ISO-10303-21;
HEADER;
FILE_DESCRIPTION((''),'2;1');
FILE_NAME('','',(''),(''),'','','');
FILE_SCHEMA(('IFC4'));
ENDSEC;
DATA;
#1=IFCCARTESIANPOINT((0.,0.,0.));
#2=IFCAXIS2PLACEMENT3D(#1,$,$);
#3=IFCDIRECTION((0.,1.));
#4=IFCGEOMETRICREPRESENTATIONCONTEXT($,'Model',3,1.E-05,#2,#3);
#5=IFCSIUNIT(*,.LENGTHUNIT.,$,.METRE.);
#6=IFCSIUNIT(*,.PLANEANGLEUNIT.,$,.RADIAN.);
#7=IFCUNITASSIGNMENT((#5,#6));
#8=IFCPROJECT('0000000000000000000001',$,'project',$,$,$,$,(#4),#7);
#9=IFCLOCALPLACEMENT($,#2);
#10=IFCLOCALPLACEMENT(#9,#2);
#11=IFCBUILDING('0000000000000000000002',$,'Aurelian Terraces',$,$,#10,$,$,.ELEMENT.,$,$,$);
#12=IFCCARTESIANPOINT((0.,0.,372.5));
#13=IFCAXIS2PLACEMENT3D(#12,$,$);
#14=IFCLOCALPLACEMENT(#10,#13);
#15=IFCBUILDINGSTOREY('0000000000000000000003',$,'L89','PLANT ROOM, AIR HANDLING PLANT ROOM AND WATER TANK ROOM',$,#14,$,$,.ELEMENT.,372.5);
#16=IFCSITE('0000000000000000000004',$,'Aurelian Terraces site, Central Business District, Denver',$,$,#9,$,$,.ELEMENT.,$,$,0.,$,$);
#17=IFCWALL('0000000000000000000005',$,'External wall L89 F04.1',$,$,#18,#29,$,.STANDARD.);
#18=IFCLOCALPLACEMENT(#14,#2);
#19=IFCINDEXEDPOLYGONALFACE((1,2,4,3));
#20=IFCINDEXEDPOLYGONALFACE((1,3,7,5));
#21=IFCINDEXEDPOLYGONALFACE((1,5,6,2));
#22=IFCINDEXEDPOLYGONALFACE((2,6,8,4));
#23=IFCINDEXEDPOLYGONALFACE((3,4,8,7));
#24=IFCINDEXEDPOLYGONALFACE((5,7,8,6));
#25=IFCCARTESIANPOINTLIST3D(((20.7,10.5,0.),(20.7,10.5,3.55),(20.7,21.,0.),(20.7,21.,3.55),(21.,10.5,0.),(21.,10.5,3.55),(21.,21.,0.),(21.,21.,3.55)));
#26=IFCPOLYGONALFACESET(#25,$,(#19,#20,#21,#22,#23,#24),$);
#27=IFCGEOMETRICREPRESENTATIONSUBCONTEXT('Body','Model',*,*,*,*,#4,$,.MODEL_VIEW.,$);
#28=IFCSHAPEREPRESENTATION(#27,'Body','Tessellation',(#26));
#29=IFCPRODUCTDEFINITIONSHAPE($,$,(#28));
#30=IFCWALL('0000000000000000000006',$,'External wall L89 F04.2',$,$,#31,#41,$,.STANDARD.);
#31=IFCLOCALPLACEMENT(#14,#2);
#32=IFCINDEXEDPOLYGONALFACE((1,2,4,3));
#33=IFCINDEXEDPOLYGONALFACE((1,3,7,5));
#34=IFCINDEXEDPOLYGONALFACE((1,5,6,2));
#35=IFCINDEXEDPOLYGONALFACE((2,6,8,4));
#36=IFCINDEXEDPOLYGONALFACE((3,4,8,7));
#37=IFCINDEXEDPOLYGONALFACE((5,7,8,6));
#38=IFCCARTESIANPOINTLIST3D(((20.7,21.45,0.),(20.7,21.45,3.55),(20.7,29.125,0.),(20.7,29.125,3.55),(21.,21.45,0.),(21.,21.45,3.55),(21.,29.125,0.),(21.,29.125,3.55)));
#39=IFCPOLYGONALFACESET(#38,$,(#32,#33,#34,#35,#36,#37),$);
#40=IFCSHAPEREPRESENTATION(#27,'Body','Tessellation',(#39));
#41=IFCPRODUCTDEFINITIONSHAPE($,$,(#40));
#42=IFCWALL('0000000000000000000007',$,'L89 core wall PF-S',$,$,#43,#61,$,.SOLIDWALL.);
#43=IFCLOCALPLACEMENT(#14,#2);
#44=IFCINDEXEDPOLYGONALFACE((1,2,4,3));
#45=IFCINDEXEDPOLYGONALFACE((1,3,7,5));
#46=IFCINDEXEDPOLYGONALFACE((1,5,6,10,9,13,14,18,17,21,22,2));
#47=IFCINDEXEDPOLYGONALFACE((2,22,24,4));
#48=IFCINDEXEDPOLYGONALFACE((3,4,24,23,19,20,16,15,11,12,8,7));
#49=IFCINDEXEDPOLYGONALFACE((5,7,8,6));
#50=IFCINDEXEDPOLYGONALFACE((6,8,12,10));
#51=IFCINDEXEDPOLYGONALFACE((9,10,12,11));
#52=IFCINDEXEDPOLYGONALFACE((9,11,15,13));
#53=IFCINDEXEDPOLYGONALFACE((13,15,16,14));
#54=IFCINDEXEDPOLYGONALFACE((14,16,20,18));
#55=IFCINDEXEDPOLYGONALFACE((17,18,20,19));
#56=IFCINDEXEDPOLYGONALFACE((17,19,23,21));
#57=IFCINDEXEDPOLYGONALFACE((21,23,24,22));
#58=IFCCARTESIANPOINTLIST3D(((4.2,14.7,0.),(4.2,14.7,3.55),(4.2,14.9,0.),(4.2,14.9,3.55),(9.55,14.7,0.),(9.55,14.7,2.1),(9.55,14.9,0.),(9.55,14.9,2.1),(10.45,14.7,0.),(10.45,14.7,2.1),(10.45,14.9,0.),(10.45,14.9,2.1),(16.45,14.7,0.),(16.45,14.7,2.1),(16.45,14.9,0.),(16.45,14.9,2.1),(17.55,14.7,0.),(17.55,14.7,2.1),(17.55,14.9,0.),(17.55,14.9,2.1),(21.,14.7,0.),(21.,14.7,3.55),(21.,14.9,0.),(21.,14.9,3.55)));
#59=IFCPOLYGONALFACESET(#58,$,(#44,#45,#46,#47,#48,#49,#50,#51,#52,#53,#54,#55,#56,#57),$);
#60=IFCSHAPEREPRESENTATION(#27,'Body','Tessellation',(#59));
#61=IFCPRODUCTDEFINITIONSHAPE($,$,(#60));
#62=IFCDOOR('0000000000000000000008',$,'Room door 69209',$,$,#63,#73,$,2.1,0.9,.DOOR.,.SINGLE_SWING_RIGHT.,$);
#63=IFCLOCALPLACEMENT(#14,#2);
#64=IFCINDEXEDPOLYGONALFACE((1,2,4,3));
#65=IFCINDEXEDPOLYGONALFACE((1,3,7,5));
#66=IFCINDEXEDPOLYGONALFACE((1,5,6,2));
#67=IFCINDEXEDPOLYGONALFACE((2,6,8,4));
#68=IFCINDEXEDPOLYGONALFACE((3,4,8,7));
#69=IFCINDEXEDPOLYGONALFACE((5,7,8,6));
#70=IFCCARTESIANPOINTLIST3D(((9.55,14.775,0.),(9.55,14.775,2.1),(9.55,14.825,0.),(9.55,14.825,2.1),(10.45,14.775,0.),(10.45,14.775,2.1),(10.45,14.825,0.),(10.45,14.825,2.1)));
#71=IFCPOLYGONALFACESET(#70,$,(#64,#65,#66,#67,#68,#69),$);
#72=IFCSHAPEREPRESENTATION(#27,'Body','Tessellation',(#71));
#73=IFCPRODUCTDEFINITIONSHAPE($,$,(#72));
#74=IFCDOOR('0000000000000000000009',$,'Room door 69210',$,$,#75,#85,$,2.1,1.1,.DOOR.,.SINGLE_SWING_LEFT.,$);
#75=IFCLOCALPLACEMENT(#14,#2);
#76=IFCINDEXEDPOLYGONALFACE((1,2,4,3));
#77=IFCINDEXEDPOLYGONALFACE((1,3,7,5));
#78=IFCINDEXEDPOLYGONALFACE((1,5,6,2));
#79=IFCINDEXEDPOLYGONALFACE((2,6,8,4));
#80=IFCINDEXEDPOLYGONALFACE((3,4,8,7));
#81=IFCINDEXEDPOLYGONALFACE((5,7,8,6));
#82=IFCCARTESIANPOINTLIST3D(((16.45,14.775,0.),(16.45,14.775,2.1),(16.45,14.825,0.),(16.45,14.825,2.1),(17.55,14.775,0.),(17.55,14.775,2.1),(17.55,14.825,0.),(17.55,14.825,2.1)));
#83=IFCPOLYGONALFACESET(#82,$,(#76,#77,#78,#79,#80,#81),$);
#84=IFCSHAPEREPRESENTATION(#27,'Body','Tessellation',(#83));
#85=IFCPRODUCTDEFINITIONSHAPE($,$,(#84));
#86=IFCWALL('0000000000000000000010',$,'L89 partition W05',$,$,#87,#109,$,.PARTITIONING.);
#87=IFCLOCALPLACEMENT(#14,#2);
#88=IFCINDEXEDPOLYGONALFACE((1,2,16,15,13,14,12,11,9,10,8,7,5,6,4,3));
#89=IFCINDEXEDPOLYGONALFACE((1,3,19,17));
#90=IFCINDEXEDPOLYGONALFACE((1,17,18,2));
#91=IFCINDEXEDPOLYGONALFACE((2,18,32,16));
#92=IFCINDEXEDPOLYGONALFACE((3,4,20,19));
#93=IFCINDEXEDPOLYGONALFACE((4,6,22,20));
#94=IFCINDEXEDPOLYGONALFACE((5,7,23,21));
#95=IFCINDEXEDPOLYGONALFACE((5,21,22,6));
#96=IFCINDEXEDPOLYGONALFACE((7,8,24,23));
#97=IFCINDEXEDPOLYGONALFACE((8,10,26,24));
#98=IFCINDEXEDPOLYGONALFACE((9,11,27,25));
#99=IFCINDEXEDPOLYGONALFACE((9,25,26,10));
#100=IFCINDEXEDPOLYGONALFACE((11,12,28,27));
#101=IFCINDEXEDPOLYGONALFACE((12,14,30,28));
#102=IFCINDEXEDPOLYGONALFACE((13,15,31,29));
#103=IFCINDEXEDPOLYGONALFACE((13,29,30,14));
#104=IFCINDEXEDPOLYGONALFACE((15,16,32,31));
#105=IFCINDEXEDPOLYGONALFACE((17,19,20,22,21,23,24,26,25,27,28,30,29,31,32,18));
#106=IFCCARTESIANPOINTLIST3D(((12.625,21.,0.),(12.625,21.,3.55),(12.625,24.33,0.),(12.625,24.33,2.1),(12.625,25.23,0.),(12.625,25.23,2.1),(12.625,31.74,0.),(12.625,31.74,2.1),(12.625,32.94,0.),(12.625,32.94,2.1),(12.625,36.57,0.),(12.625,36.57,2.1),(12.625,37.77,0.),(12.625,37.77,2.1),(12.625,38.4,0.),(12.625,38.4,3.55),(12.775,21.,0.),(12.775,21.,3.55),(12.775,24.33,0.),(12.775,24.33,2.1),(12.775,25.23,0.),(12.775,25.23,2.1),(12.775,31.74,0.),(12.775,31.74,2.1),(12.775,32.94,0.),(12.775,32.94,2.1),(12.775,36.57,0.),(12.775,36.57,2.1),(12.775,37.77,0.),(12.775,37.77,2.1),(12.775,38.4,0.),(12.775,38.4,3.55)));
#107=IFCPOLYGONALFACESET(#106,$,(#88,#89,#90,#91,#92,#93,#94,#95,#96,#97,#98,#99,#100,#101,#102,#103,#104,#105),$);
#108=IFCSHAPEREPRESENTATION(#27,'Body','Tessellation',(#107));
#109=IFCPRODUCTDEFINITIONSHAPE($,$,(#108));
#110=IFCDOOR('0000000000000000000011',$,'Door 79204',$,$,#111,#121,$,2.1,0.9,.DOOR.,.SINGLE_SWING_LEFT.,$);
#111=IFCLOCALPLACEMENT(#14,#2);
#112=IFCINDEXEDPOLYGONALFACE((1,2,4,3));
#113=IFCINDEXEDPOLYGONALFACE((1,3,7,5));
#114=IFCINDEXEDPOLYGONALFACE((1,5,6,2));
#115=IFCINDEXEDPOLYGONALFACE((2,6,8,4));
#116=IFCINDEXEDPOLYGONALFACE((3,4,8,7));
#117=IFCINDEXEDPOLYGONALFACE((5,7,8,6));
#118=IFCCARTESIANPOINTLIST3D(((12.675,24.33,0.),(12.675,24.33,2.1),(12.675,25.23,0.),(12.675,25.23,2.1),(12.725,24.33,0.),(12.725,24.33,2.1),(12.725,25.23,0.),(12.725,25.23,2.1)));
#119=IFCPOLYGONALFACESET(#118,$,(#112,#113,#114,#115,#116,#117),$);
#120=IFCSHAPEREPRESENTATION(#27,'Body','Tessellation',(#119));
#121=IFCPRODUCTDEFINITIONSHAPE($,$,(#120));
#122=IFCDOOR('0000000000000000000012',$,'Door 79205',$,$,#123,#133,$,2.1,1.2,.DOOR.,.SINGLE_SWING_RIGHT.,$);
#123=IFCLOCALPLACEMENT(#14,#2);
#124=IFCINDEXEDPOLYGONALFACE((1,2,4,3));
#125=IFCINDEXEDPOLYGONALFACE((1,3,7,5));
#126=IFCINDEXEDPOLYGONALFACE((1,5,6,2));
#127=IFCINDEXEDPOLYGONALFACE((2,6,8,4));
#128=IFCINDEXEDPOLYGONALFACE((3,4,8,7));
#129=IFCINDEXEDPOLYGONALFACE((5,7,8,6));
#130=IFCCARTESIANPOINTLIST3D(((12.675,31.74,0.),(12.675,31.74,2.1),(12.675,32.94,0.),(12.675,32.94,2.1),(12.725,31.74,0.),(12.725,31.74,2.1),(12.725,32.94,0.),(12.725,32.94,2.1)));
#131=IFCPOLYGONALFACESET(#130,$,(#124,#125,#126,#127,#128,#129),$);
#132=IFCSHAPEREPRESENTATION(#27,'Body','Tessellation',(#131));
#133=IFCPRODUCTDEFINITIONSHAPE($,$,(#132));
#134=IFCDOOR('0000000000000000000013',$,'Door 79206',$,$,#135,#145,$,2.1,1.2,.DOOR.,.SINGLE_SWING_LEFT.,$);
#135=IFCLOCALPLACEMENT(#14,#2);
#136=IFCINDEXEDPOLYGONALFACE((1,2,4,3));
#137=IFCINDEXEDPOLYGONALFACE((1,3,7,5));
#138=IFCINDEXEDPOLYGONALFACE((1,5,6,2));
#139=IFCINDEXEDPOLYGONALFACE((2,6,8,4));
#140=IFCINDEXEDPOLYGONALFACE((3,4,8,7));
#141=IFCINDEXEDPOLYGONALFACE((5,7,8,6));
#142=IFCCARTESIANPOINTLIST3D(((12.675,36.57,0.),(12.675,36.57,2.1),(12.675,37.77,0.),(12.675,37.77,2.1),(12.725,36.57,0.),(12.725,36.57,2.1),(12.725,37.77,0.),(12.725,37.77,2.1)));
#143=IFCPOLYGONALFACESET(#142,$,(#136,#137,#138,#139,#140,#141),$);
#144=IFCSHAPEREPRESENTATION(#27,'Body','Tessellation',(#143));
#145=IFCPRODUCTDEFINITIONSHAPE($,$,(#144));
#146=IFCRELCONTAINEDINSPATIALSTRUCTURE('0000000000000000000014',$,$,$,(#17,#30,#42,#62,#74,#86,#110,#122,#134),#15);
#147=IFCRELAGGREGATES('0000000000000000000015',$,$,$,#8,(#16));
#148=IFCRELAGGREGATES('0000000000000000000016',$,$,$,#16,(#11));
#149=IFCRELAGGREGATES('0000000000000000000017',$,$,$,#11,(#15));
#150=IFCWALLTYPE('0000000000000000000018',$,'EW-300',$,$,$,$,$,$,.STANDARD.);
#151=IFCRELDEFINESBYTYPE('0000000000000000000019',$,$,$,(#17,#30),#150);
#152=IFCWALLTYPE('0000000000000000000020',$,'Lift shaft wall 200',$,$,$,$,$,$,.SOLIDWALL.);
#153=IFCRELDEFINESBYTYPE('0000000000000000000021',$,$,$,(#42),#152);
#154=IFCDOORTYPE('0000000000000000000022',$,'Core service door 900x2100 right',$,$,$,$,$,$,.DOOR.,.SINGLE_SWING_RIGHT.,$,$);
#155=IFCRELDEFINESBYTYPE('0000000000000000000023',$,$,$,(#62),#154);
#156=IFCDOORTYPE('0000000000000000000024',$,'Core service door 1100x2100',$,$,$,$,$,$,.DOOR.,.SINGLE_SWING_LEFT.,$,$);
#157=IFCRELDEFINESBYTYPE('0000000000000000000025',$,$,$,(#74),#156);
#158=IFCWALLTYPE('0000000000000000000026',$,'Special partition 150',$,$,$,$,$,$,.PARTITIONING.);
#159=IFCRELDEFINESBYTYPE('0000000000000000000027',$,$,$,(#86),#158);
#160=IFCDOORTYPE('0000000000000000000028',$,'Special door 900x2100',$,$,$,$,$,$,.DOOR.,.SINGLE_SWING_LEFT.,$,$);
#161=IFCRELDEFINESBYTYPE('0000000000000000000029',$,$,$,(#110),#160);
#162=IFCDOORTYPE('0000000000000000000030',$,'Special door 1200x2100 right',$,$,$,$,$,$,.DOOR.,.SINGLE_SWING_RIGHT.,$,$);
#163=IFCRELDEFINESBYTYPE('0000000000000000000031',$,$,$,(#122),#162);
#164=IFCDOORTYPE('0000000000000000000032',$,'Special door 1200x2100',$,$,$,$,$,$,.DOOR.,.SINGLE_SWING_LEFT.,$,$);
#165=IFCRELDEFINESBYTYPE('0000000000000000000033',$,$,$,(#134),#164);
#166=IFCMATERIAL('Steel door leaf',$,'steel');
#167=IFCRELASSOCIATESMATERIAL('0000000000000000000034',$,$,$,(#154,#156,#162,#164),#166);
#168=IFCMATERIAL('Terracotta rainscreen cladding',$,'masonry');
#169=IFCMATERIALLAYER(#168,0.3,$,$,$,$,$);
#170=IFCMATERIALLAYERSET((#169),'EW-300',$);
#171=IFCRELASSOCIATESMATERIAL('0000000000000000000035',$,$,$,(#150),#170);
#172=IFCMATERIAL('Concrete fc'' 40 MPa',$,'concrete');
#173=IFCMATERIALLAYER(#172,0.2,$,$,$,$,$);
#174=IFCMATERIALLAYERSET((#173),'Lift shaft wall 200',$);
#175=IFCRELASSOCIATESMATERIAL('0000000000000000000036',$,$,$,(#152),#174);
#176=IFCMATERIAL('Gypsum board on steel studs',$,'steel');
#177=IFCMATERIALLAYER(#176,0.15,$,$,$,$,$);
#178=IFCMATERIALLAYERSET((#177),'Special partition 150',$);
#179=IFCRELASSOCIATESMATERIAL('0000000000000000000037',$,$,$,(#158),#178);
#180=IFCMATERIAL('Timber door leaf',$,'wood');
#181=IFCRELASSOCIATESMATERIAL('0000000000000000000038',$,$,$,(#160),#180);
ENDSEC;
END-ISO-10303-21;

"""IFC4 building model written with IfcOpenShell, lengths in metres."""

from ifc_helpers import new_model, si_unit, direction, frame, frame_2d, origin, place, context, subcontext, project, spatial, rectangle, extrude, source, transform, mapped, material, layer, layer_set, type_object, element, fill, save


model = new_model("IFC4")

# Units and contexts
model_context = context("Model", 3, precision=1e-05, world=origin(), true_north=direction((0.0, 1.0)))
body_context = subcontext(model_context, "Body", "Model", "MODEL_VIEW")
ifc_project = project(units=[si_unit("LENGTHUNIT", "METRE"), si_unit("PLANEANGLEUNIT", "RADIAN")], contexts=[model_context])

# Site, building, storey
site_placement = place(None, origin())
site = spatial("IfcSite", under=ifc_project, at=site_placement, Name="Aurelian Terraces site, Central Business District, Denver", CompositionType="ELEMENT", RefElevation=0.0)
building_placement = place(site_placement, origin())
building = spatial("IfcBuilding", under=site, at=building_placement, Name="Aurelian Terraces", CompositionType="ELEMENT")
storey_placement = place(building_placement, frame((0.0, 0.0, 372.5)))
storey = spatial("IfcBuildingStorey", under=building, at=storey_placement, Name="L89", Description="PLANT ROOM, AIR HANDLING PLANT ROOM AND WATER TANK ROOM", CompositionType="ELEMENT", Elevation=372.5)

# Shared definitions
ifc_material_1 = material(Name="Gypsum board on steel studs", Category="steel")
shared_shape_1 = source(origin(), body_context, "Body", "SweptSolid", [
    extrude(rectangle(XDim=0.9, YDim=2.1, at=frame_2d((0.45, 1.05))), frame((0.0, 0.11, 0.0), z_axis=(0.0, -1.0, 0.0), x_axis=(1.0, 0.0, 0.0)), (0.0, 0.0, 1.0), 0.22),
])
ifc_material_2 = material(Name="Steel door leaf", Category="steel")
door_type_1 = type_object("IfcDoorType", Name="Core service door 900x2100 right", OperationType="SINGLE_SWING_RIGHT", PredefinedType="DOOR", material=ifc_material_2)
shared_shape_2 = source(origin(), body_context, "Body", "SweptSolid", [
    extrude(rectangle(XDim=0.9, YDim=2.1, at=frame_2d((0.45, 1.05))), frame((0.0, 0.025, 0.0), z_axis=(0.0, -1.0, 0.0), x_axis=(1.0, 0.0, 0.0)), (0.0, 0.0, 1.0), 0.05),
])

# Shared definitions
ifc_material_3 = material(Name="Concrete fc' 40 MPa", Category="concrete")
shared_shape_3 = source(origin(), body_context, "Body", "SweptSolid", [
    extrude(rectangle(XDim=1.1, YDim=2.1, at=frame_2d((0.55, 1.05))), frame((0.0, 0.025, 0.0), z_axis=(0.0, -1.0, 0.0), x_axis=(1.0, 0.0, 0.0)), (0.0, 0.0, 1.0), 0.05),
])

# Walls
ifc_material_4 = material(Name="Terracotta rainscreen cladding", Category="masonry")
ifc_layer_1 = layer(ifc_material_4, 0.3)
ifc_layer_set_1 = layer_set([ifc_layer_1], Name="EW-300")
wall_type_1 = type_object("IfcWallType", Name="EW-300", PredefinedType="STANDARD", material=ifc_layer_set_1)
shared_shape_4 = source(origin(), body_context, "Body", "SweptSolid", [
    extrude(rectangle(XDim=10.5, YDim=0.3, at=frame_2d((5.25, 0.0))), origin(), (0.0, 0.0, 1.0), 3.55),
])
wall_1_placement = place(storey_placement, frame((20.85, 10.5, 0.0), z_axis=(0.0, 0.0, 1.0), x_axis=(0.0, 1.0, 0.0)))
element("IfcWall", 1, at=wall_1_placement, inside=storey, type_object=wall_type_1, Name="External wall L89 F04.1", PredefinedType="STANDARD", context=body_context, shape_type="MappedRepresentation", body=[
    mapped(shared_shape_4, transform((0.0, 0.0, 0.0), scale=1.0)),
])
shared_shape_5 = source(origin(), body_context, "Body", "SweptSolid", [
    extrude(rectangle(XDim=7.675, YDim=0.3, at=frame_2d((3.8375, 0.0))), origin(), (0.0, 0.0, 1.0), 3.55),
])
wall_2_placement = place(storey_placement, frame((20.85, 21.45, 0.0), z_axis=(0.0, 0.0, 1.0), x_axis=(0.0, 1.0, 0.0)))
element("IfcWall", 2, at=wall_2_placement, inside=storey, type_object=wall_type_1, Name="External wall L89 F04.2", PredefinedType="STANDARD", context=body_context, shape_type="MappedRepresentation", body=[
    mapped(shared_shape_5, transform((0.0, 0.0, 0.0), scale=1.0)),
])

# Walls, openings, doors
ifc_layer_2 = layer(ifc_material_3, 0.2)
ifc_layer_set_2 = layer_set([ifc_layer_2], Name="Lift shaft wall 200")
wall_type_2 = type_object("IfcWallType", Name="Lift shaft wall 200", PredefinedType="SOLIDWALL", material=ifc_layer_set_2)
shared_shape_6 = source(origin(), body_context, "Body", "SweptSolid", [
    extrude(rectangle(XDim=16.8, YDim=0.2, at=frame_2d((8.4, 0.0))), origin(), (0.0, 0.0, 1.0), 3.55),
])
wall_3_placement = place(storey_placement, frame((4.2, 14.8, 0.0), z_axis=(0.0, 0.0, 1.0), x_axis=(1.0, 0.0, 0.0)))
wall_3 = element("IfcWall", 3, at=wall_3_placement, inside=storey, type_object=wall_type_2, Name="L89 core wall PF-S", PredefinedType="SOLIDWALL", context=body_context, shape_type="MappedRepresentation", body=[
    mapped(shared_shape_6, transform((0.0, 0.0, 0.0), scale=1.0)),
])
opening_1_placement = place(wall_3_placement, frame((5.35, 0.0, 0.0)))
opening_1 = element("IfcOpeningElement", 4, at=opening_1_placement, cuts=wall_3, PredefinedType="OPENING", context=body_context, shape_type="MappedRepresentation", body=[
    mapped(shared_shape_1, transform((0.0, 0.0, 0.0), scale=1.0)),
])
shared_shape_7 = source(origin(), body_context, "Body", "SweptSolid", [
    extrude(rectangle(XDim=1.1, YDim=2.1, at=frame_2d((0.55, 1.05))), frame((0.0, 0.11, 0.0), z_axis=(0.0, -1.0, 0.0), x_axis=(1.0, 0.0, 0.0)), (0.0, 0.0, 1.0), 0.22),
])
opening_2_placement = place(wall_3_placement, frame((12.25, 0.0, 0.0)))
opening_2 = element("IfcOpeningElement", 5, at=opening_2_placement, cuts=wall_3, PredefinedType="OPENING", context=body_context, shape_type="MappedRepresentation", body=[
    mapped(shared_shape_7, transform((0.0, 0.0, 0.0), scale=1.0)),
])
door_1_placement = place(opening_1_placement, origin())
door_1 = element("IfcDoor", 6, at=door_1_placement, inside=storey, type_object=door_type_1, Name="Room door 69209", OperationType="SINGLE_SWING_RIGHT", OverallHeight=2.1, OverallWidth=0.9, PredefinedType="DOOR", context=body_context, shape_type="MappedRepresentation", body=[
    mapped(shared_shape_2, transform((0.0, 0.0, 0.0), scale=1.0)),
])
fill(opening_1, door_1)
door_type_2 = type_object("IfcDoorType", Name="Core service door 1100x2100", OperationType="SINGLE_SWING_LEFT", PredefinedType="DOOR", material=ifc_material_2)
door_2_placement = place(opening_2_placement, origin())
door_2 = element("IfcDoor", 7, at=door_2_placement, inside=storey, type_object=door_type_2, Name="Room door 69210", OperationType="SINGLE_SWING_LEFT", OverallHeight=2.1, OverallWidth=1.1, PredefinedType="DOOR", context=body_context, shape_type="MappedRepresentation", body=[
    mapped(shared_shape_3, transform((0.0, 0.0, 0.0), scale=1.0)),
])
fill(opening_2, door_2)
ifc_layer_3 = layer(ifc_material_1, 0.15)
ifc_layer_set_3 = layer_set([ifc_layer_3], Name="Special partition 150")
wall_type_3 = type_object("IfcWallType", Name="Special partition 150", PredefinedType="PARTITIONING", material=ifc_layer_set_3)
shared_shape_8 = source(origin(), body_context, "Body", "SweptSolid", [
    extrude(rectangle(XDim=17.4, YDim=0.15, at=frame_2d((8.7, 0.0))), origin(), (0.0, 0.0, 1.0), 3.55),
])
wall_4_placement = place(storey_placement, frame((12.7, 21.0, 0.0), z_axis=(0.0, 0.0, 1.0), x_axis=(0.0, 1.0, 0.0)))
wall_4 = element("IfcWall", 8, at=wall_4_placement, inside=storey, type_object=wall_type_3, Name="L89 partition W05", PredefinedType="PARTITIONING", context=body_context, shape_type="MappedRepresentation", body=[
    mapped(shared_shape_8, transform((0.0, 0.0, 0.0), scale=1.0)),
])
shared_shape_9 = source(origin(), body_context, "Body", "SweptSolid", [
    extrude(rectangle(XDim=0.9, YDim=2.1, at=frame_2d((0.45, 1.05))), frame((0.0, 0.085, 0.0), z_axis=(0.0, -1.0, 0.0), x_axis=(1.0, 0.0, 0.0)), (0.0, 0.0, 1.0), 0.17),
])
opening_3_placement = place(wall_4_placement, frame((3.33, 0.0, 0.0)))
opening_3 = element("IfcOpeningElement", 9, at=opening_3_placement, cuts=wall_4, PredefinedType="OPENING", context=body_context, shape_type="MappedRepresentation", body=[
    mapped(shared_shape_9, transform((0.0, 0.0, 0.0), scale=1.0)),
])
shared_shape_10 = source(origin(), body_context, "Body", "SweptSolid", [
    extrude(rectangle(XDim=1.2, YDim=2.1, at=frame_2d((0.6, 1.05))), frame((0.0, 0.085, 0.0), z_axis=(0.0, -1.0, 0.0), x_axis=(1.0, 0.0, 0.0)), (0.0, 0.0, 1.0), 0.17),
])
opening_4_placement = place(wall_4_placement, frame((10.74, 0.0, 0.0)))
opening_4 = element("IfcOpeningElement", 10, at=opening_4_placement, cuts=wall_4, PredefinedType="OPENING", context=body_context, shape_type="MappedRepresentation", body=[
    mapped(shared_shape_10, transform((0.0, 0.0, 0.0), scale=1.0)),
])
opening_5_placement = place(wall_4_placement, frame((15.57, 0.0, 0.0)))
opening_5 = element("IfcOpeningElement", 11, at=opening_5_placement, cuts=wall_4, PredefinedType="OPENING", context=body_context, shape_type="MappedRepresentation", body=[
    mapped(shared_shape_10, transform((0.0, 0.0, 0.0), scale=1.0)),
])
ifc_material_5 = material(Name="Timber door leaf", Category="wood")
door_type_3 = type_object("IfcDoorType", Name="Special door 900x2100", OperationType="SINGLE_SWING_LEFT", PredefinedType="DOOR", material=ifc_material_5)
door_3_placement = place(opening_3_placement, origin())
door_3 = element("IfcDoor", 12, at=door_3_placement, inside=storey, type_object=door_type_3, Name="Door 79204", OperationType="SINGLE_SWING_LEFT", OverallHeight=2.1, OverallWidth=0.9, PredefinedType="DOOR", context=body_context, shape_type="MappedRepresentation", body=[
    mapped(shared_shape_2, transform((0.0, 0.0, 0.0), scale=1.0)),
])
fill(opening_3, door_3)
door_type_4 = type_object("IfcDoorType", Name="Special door 1200x2100 right", OperationType="SINGLE_SWING_RIGHT", PredefinedType="DOOR", material=ifc_material_2)
shared_shape_11 = source(origin(), body_context, "Body", "SweptSolid", [
    extrude(rectangle(XDim=1.2, YDim=2.1, at=frame_2d((0.6, 1.05))), frame((0.0, 0.025, 0.0), z_axis=(0.0, -1.0, 0.0), x_axis=(1.0, 0.0, 0.0)), (0.0, 0.0, 1.0), 0.05),
])
door_4_placement = place(opening_4_placement, origin())
door_4 = element("IfcDoor", 13, at=door_4_placement, inside=storey, type_object=door_type_4, Name="Door 79205", OperationType="SINGLE_SWING_RIGHT", OverallHeight=2.1, OverallWidth=1.2, PredefinedType="DOOR", context=body_context, shape_type="MappedRepresentation", body=[
    mapped(shared_shape_11, transform((0.0, 0.0, 0.0), scale=1.0)),
])
fill(opening_4, door_4)
door_type_5 = type_object("IfcDoorType", Name="Special door 1200x2100", OperationType="SINGLE_SWING_LEFT", PredefinedType="DOOR", material=ifc_material_2)
door_5_placement = place(opening_5_placement, origin())
door_5 = element("IfcDoor", 14, at=door_5_placement, inside=storey, type_object=door_type_5, Name="Door 79206", OperationType="SINGLE_SWING_LEFT", OverallHeight=2.1, OverallWidth=1.2, PredefinedType="DOOR", context=body_context, shape_type="MappedRepresentation", body=[
    mapped(shared_shape_11, transform((0.0, 0.0, 0.0), scale=1.0)),
])
fill(opening_5, door_5)

save(model, "model.ifc")
